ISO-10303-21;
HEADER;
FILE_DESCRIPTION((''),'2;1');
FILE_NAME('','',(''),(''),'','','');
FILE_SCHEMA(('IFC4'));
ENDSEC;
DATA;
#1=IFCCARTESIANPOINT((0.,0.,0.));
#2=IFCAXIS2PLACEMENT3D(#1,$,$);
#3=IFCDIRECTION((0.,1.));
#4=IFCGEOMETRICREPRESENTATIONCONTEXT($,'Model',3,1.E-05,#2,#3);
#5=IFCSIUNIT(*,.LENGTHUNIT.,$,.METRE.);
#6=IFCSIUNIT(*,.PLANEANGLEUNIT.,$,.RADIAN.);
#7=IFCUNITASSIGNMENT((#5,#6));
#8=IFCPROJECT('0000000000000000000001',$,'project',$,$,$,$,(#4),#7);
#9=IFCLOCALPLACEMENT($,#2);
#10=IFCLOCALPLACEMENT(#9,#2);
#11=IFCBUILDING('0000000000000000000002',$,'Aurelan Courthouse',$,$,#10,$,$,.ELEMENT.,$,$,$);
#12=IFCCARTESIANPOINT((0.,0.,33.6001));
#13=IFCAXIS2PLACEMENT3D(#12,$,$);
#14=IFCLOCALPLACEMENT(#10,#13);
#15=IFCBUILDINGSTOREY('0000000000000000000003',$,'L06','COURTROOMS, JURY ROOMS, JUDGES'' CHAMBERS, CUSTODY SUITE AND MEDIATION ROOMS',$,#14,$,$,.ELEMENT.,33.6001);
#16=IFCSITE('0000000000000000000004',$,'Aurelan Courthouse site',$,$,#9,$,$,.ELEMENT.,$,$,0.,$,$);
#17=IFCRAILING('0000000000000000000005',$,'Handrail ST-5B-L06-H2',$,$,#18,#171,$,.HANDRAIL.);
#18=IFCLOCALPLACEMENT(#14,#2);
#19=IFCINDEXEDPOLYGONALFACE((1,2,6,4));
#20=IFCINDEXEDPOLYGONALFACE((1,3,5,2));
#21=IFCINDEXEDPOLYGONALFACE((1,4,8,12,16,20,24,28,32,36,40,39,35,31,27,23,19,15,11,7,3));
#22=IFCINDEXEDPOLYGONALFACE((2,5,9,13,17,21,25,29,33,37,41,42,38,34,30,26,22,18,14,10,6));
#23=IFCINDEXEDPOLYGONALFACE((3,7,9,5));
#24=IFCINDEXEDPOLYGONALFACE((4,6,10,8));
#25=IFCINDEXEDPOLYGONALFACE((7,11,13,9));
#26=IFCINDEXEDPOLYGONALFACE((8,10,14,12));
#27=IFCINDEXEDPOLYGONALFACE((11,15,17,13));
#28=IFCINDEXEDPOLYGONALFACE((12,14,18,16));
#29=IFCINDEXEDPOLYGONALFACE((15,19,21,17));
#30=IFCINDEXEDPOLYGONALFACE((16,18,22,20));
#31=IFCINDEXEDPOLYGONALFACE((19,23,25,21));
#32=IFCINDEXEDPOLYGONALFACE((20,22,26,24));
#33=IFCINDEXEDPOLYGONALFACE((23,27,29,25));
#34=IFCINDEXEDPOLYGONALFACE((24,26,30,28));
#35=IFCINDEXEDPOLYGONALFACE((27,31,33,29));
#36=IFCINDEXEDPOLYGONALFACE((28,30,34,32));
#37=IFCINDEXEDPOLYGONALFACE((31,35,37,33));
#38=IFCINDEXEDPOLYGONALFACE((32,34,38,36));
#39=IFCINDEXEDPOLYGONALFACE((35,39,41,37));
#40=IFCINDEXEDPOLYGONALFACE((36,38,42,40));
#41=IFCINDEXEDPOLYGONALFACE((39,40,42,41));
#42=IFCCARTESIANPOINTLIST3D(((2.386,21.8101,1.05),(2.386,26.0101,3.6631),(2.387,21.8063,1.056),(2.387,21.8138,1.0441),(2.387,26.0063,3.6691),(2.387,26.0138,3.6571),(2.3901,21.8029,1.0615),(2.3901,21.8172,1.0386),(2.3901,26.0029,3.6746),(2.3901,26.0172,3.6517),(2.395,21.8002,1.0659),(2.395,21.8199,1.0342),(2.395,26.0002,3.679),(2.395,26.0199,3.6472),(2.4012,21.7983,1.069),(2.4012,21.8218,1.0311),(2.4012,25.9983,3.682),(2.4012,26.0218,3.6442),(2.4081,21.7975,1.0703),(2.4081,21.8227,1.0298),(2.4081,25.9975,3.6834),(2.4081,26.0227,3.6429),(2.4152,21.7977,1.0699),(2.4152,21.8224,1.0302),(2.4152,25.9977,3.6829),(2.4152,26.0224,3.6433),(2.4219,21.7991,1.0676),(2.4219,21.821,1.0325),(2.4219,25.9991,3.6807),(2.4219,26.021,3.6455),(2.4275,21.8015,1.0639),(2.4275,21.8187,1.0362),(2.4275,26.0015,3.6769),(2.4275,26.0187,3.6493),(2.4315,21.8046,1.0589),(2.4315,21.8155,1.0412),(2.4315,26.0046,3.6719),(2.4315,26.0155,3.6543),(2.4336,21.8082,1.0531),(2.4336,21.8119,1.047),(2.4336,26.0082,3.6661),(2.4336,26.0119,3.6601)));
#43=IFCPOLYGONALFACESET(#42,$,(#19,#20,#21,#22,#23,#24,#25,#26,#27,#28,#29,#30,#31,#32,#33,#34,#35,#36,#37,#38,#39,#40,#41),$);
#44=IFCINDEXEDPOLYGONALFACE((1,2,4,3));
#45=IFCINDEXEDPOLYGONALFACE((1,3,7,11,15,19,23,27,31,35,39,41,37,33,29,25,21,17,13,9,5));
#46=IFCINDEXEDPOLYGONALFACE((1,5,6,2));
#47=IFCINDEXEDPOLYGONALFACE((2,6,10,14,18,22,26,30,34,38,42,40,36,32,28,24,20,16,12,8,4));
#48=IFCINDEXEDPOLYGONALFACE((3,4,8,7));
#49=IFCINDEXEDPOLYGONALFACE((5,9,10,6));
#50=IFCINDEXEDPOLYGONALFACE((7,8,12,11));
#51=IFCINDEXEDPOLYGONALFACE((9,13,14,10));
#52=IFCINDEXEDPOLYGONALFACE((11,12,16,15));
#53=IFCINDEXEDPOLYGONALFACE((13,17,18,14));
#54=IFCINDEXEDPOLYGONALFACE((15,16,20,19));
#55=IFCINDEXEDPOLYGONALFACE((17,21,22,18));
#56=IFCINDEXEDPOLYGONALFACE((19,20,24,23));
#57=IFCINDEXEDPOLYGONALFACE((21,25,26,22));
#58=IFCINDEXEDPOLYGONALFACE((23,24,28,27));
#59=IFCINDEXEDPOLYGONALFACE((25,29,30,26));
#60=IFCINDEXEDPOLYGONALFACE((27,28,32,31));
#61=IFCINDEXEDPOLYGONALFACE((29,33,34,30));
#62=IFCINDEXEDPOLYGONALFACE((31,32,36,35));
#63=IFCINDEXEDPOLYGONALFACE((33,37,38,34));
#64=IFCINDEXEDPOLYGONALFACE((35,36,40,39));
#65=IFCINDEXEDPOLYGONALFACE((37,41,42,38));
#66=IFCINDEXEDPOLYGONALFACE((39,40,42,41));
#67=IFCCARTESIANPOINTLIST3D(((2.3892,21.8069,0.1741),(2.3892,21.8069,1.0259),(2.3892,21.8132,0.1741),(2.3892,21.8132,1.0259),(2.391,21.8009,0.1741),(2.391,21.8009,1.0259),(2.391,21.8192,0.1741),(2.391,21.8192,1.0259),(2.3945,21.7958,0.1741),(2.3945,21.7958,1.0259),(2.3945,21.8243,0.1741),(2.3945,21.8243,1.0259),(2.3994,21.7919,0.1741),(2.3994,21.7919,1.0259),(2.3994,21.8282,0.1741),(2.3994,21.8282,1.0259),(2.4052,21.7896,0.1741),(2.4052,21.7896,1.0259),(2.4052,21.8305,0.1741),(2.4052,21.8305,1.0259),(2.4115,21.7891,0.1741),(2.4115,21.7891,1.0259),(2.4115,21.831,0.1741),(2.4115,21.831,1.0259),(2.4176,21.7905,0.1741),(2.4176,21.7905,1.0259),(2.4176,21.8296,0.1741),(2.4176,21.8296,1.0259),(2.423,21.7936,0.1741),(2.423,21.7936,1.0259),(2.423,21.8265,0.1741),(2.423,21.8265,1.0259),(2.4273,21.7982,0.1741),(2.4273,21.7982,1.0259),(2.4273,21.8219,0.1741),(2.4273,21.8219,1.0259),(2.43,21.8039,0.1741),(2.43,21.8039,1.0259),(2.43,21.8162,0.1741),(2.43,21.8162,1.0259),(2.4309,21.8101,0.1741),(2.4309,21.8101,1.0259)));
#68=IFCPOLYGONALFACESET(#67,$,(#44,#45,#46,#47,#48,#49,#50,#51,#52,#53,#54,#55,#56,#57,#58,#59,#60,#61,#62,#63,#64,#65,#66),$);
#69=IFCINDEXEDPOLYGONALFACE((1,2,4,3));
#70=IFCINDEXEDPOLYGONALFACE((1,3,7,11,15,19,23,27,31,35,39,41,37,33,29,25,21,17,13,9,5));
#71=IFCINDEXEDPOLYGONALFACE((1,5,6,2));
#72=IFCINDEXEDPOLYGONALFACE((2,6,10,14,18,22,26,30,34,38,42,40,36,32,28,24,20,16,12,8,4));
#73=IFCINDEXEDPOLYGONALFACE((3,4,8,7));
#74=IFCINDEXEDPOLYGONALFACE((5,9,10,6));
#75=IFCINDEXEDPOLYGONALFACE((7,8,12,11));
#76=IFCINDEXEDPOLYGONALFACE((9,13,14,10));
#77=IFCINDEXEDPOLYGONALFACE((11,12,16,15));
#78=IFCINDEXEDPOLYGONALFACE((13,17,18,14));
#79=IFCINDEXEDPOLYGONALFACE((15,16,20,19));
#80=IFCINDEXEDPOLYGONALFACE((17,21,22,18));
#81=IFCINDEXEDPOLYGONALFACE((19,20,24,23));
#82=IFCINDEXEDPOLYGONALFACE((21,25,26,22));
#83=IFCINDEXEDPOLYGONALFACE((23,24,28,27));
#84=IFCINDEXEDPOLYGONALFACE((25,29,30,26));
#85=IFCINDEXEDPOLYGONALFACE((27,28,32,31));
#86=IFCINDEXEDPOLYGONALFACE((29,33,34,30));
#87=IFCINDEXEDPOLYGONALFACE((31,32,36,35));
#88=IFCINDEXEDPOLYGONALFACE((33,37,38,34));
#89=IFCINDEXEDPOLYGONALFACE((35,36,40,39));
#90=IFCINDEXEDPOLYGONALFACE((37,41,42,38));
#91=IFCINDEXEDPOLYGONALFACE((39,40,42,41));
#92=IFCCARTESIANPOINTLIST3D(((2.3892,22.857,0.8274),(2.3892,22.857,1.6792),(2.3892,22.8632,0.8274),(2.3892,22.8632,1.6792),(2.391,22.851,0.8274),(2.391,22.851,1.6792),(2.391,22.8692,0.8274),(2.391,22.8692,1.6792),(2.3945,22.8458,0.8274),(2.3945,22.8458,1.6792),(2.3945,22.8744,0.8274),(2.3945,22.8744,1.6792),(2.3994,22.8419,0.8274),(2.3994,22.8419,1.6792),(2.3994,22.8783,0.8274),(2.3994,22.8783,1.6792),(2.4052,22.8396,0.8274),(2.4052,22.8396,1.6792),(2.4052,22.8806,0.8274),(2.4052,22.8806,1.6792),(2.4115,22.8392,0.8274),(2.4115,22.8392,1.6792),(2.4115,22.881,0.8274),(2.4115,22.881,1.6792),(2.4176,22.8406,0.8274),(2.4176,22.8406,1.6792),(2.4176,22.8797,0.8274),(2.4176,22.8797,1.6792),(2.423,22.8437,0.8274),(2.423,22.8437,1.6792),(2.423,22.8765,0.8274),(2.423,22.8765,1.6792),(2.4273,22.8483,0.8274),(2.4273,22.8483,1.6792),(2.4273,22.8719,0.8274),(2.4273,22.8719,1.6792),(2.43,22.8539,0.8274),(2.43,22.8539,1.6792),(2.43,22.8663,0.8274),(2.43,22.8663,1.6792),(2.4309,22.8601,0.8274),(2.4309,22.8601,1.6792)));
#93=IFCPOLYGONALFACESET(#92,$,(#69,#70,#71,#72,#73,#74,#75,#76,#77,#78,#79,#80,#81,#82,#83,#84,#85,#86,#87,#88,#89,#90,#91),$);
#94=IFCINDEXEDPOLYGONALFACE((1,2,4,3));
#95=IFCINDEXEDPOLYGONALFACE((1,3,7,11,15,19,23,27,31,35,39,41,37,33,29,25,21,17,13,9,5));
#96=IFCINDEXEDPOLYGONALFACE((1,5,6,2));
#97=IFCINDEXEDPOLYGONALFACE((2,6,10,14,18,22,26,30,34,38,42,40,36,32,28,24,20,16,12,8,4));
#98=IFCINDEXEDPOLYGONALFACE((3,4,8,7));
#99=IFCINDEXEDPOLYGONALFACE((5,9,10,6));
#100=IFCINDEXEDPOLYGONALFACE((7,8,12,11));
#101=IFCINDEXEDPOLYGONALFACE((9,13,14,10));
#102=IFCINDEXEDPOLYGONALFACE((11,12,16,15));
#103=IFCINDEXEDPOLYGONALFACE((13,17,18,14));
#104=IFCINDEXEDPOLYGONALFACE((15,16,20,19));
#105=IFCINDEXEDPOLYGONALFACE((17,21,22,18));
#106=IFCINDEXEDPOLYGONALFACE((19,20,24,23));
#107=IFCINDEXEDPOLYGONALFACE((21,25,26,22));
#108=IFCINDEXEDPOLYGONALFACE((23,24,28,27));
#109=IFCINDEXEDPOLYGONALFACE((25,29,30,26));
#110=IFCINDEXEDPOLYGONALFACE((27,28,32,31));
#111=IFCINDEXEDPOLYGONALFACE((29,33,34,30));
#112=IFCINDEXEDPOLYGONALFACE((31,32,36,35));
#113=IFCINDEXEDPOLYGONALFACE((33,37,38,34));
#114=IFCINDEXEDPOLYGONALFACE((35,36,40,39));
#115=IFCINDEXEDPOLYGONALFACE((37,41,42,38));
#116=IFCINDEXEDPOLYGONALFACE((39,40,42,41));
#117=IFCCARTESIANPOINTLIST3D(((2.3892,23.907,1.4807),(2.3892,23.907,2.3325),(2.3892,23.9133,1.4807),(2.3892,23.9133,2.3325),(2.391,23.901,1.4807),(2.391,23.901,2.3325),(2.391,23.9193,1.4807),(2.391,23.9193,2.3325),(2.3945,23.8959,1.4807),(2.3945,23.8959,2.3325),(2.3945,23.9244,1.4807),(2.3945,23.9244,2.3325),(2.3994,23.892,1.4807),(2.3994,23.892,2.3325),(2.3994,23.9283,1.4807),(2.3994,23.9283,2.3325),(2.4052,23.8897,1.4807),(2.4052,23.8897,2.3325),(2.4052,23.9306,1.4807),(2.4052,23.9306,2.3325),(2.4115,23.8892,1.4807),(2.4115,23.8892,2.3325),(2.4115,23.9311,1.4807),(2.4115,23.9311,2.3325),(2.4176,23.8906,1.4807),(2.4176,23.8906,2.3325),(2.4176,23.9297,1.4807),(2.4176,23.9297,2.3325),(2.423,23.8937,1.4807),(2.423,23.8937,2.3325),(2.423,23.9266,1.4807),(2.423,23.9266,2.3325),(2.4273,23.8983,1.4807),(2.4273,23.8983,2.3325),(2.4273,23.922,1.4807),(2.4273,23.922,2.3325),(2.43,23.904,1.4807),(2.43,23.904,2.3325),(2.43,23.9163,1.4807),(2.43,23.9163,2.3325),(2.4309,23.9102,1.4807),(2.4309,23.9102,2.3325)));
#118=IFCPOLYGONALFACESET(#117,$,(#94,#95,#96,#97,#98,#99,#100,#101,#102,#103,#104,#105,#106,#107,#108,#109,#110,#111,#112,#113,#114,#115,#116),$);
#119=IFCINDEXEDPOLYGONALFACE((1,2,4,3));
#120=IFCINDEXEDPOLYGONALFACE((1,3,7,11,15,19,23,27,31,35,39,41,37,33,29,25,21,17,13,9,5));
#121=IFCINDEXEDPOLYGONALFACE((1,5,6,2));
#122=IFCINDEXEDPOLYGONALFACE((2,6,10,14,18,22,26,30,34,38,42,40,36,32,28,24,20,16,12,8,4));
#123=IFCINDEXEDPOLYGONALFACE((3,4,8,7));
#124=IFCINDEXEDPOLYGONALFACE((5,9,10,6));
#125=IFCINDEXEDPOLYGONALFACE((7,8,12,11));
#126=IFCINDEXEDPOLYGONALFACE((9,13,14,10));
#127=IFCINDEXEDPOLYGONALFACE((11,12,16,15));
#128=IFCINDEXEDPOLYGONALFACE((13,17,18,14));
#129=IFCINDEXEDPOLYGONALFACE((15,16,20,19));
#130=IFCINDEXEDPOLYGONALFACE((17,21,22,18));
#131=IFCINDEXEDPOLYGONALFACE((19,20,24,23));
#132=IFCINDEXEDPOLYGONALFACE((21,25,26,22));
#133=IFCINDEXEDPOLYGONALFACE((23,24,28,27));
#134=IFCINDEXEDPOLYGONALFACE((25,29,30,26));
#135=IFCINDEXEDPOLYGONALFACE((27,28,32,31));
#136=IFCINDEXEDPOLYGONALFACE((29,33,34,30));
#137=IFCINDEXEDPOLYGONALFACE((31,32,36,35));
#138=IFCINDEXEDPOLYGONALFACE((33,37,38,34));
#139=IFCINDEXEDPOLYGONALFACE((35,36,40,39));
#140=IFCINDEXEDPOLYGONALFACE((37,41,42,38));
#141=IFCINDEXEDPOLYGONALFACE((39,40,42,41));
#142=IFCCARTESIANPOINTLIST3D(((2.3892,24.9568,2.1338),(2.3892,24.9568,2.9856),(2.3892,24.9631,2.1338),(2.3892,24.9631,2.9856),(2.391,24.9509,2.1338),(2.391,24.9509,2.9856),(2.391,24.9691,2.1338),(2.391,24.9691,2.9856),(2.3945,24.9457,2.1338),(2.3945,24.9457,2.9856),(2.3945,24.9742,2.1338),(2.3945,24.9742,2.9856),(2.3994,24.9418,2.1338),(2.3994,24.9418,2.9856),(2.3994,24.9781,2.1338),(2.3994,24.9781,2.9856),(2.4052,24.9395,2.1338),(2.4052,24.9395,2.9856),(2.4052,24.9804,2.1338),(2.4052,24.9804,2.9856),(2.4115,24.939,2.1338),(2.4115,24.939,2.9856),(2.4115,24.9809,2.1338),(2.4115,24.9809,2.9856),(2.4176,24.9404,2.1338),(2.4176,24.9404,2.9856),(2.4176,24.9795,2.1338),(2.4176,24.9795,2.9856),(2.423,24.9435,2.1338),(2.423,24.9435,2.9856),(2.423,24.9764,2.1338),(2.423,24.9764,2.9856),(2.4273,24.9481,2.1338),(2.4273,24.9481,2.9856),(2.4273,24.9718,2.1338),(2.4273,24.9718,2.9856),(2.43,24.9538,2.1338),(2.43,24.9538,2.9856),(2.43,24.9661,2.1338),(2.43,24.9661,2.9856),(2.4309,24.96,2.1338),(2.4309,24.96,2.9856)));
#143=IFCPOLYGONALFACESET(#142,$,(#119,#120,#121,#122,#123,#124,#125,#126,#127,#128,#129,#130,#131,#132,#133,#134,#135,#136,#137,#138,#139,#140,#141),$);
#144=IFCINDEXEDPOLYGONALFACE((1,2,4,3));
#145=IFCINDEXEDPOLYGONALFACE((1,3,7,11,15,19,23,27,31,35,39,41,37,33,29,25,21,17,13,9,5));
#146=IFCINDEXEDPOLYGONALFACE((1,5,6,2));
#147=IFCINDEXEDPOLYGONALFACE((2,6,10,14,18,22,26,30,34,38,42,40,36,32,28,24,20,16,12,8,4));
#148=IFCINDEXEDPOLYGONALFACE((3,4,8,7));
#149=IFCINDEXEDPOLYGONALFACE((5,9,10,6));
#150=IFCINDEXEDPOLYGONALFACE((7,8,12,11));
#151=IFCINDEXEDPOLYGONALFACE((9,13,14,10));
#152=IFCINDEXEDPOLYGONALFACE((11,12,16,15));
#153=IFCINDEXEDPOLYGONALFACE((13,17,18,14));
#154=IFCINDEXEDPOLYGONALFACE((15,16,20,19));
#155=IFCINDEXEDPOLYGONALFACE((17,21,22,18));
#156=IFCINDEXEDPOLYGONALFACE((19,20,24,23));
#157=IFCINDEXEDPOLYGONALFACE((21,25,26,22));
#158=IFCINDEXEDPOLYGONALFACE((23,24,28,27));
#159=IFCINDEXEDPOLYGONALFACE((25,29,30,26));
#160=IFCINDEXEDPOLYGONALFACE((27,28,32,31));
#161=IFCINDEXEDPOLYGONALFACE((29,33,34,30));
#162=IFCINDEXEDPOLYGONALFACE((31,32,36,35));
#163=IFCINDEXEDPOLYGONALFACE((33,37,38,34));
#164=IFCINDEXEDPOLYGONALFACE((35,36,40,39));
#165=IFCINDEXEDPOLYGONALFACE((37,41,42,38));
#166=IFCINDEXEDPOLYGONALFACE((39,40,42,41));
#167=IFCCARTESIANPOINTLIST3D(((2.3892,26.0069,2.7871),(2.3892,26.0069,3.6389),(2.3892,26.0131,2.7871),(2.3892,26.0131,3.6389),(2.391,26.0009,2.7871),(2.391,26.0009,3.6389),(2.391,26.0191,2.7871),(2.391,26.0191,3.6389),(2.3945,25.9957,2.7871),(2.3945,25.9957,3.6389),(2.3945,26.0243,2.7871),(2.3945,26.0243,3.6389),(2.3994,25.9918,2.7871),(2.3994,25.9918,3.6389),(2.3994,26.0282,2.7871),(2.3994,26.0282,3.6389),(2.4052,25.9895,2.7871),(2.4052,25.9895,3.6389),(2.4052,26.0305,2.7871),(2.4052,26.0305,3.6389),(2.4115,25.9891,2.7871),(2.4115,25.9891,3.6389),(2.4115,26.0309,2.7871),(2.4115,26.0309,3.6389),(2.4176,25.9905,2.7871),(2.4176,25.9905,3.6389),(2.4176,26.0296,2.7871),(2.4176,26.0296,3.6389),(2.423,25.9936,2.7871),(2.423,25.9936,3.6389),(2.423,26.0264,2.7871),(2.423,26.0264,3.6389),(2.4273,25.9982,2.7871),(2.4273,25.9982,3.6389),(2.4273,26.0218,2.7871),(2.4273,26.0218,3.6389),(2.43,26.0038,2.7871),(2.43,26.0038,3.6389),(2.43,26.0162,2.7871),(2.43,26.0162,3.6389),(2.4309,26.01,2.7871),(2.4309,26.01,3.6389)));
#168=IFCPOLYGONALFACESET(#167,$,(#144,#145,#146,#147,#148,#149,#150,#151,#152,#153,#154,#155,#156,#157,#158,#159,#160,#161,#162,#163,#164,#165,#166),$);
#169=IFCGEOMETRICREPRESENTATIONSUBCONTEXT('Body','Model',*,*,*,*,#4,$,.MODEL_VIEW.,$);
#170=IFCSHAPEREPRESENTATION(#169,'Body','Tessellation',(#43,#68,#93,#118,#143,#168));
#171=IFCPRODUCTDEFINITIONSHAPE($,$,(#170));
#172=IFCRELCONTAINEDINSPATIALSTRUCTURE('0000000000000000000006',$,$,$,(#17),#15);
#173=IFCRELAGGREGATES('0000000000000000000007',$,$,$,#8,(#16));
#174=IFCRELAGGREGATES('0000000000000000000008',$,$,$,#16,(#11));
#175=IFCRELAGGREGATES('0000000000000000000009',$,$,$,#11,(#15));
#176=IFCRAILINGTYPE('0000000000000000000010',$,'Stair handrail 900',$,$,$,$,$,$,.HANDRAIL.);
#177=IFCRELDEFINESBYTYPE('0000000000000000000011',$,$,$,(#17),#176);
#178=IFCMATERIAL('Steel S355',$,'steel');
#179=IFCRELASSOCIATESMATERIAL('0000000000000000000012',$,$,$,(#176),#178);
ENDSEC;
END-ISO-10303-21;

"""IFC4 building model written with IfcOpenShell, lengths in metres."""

from ifc_helpers import new_model, si_unit, direction, frame, origin, origin_2d, place, context, subcontext, project, spatial, circle, extrude, material, type_object, element, save


model = new_model("IFC4")

# Units and contexts
model_context = context("Model", 3, precision=1e-05, world=origin(), true_north=direction((0.0, 1.0)))
body_context = subcontext(model_context, "Body", "Model", "MODEL_VIEW")
ifc_project = project(units=[si_unit("LENGTHUNIT", "METRE"), si_unit("PLANEANGLEUNIT", "RADIAN")], contexts=[model_context])

# Site, building, storey
site_placement = place(None, origin())
site = spatial("IfcSite", under=ifc_project, at=site_placement, Name="Aurelan Courthouse site", CompositionType="ELEMENT", RefElevation=0.0)
building_placement = place(site_placement, origin())
building = spatial("IfcBuilding", under=site, at=building_placement, Name="Aurelan Courthouse", CompositionType="ELEMENT")
storey_placement = place(building_placement, frame((0.0, 0.0, 33.6001)))
storey = spatial("IfcBuildingStorey", under=building, at=storey_placement, Name="L06", Description="COURTROOMS, JURY ROOMS, JUDGES' CHAMBERS, CUSTODY SUITE AND MEDIATION ROOMS", CompositionType="ELEMENT", Elevation=33.6001)

# Railing
ifc_material_1 = material(Name="Steel S355", Category="steel")
railing_type_1 = type_object("IfcRailingType", Name="Stair handrail 900", PredefinedType="HANDRAIL", material=ifc_material_1)
for number, where, name in (
    (1, (2.4099, 21.8101, 0.1741), "Handrail ST-5B-L06-H2"),
):
    element("IfcRailing", number, at=place(storey_placement, frame(where)), inside=storey, type_object=railing_type_1, Name=name, PredefinedType="HANDRAIL", context=body_context, shape_type="SweptSolid", body=[
        extrude(circle(Radius=0.0239, at=origin_2d()), frame((0.0, 0.0, 0.876), z_axis=(0.0, 0.849081, 0.528263), x_axis=(-1.0, 0.0, 0.0)), (0.0, 0.0, 1.0), 4.9465),
        extrude(circle(Radius=0.021, at=origin_2d()), origin(), (0.0, 0.0, 1.0), 0.8518),
        extrude(circle(Radius=0.021, at=origin_2d()), frame((0.0, 1.05, 0.6533)), (0.0, 0.0, 1.0), 0.8518),
        extrude(circle(Radius=0.021, at=origin_2d()), frame((0.0, 2.1001, 1.3066)), (0.0, 0.0, 1.0), 0.8518),
        extrude(circle(Radius=0.021, at=origin_2d()), frame((0.0, 3.1499, 1.9597)), (0.0, 0.0, 1.0), 0.8518),
        extrude(circle(Radius=0.021, at=origin_2d()), frame((0.0, 4.2, 2.613)), (0.0, 0.0, 1.0), 0.8518),
    ])

save(model, "model.ifc")
